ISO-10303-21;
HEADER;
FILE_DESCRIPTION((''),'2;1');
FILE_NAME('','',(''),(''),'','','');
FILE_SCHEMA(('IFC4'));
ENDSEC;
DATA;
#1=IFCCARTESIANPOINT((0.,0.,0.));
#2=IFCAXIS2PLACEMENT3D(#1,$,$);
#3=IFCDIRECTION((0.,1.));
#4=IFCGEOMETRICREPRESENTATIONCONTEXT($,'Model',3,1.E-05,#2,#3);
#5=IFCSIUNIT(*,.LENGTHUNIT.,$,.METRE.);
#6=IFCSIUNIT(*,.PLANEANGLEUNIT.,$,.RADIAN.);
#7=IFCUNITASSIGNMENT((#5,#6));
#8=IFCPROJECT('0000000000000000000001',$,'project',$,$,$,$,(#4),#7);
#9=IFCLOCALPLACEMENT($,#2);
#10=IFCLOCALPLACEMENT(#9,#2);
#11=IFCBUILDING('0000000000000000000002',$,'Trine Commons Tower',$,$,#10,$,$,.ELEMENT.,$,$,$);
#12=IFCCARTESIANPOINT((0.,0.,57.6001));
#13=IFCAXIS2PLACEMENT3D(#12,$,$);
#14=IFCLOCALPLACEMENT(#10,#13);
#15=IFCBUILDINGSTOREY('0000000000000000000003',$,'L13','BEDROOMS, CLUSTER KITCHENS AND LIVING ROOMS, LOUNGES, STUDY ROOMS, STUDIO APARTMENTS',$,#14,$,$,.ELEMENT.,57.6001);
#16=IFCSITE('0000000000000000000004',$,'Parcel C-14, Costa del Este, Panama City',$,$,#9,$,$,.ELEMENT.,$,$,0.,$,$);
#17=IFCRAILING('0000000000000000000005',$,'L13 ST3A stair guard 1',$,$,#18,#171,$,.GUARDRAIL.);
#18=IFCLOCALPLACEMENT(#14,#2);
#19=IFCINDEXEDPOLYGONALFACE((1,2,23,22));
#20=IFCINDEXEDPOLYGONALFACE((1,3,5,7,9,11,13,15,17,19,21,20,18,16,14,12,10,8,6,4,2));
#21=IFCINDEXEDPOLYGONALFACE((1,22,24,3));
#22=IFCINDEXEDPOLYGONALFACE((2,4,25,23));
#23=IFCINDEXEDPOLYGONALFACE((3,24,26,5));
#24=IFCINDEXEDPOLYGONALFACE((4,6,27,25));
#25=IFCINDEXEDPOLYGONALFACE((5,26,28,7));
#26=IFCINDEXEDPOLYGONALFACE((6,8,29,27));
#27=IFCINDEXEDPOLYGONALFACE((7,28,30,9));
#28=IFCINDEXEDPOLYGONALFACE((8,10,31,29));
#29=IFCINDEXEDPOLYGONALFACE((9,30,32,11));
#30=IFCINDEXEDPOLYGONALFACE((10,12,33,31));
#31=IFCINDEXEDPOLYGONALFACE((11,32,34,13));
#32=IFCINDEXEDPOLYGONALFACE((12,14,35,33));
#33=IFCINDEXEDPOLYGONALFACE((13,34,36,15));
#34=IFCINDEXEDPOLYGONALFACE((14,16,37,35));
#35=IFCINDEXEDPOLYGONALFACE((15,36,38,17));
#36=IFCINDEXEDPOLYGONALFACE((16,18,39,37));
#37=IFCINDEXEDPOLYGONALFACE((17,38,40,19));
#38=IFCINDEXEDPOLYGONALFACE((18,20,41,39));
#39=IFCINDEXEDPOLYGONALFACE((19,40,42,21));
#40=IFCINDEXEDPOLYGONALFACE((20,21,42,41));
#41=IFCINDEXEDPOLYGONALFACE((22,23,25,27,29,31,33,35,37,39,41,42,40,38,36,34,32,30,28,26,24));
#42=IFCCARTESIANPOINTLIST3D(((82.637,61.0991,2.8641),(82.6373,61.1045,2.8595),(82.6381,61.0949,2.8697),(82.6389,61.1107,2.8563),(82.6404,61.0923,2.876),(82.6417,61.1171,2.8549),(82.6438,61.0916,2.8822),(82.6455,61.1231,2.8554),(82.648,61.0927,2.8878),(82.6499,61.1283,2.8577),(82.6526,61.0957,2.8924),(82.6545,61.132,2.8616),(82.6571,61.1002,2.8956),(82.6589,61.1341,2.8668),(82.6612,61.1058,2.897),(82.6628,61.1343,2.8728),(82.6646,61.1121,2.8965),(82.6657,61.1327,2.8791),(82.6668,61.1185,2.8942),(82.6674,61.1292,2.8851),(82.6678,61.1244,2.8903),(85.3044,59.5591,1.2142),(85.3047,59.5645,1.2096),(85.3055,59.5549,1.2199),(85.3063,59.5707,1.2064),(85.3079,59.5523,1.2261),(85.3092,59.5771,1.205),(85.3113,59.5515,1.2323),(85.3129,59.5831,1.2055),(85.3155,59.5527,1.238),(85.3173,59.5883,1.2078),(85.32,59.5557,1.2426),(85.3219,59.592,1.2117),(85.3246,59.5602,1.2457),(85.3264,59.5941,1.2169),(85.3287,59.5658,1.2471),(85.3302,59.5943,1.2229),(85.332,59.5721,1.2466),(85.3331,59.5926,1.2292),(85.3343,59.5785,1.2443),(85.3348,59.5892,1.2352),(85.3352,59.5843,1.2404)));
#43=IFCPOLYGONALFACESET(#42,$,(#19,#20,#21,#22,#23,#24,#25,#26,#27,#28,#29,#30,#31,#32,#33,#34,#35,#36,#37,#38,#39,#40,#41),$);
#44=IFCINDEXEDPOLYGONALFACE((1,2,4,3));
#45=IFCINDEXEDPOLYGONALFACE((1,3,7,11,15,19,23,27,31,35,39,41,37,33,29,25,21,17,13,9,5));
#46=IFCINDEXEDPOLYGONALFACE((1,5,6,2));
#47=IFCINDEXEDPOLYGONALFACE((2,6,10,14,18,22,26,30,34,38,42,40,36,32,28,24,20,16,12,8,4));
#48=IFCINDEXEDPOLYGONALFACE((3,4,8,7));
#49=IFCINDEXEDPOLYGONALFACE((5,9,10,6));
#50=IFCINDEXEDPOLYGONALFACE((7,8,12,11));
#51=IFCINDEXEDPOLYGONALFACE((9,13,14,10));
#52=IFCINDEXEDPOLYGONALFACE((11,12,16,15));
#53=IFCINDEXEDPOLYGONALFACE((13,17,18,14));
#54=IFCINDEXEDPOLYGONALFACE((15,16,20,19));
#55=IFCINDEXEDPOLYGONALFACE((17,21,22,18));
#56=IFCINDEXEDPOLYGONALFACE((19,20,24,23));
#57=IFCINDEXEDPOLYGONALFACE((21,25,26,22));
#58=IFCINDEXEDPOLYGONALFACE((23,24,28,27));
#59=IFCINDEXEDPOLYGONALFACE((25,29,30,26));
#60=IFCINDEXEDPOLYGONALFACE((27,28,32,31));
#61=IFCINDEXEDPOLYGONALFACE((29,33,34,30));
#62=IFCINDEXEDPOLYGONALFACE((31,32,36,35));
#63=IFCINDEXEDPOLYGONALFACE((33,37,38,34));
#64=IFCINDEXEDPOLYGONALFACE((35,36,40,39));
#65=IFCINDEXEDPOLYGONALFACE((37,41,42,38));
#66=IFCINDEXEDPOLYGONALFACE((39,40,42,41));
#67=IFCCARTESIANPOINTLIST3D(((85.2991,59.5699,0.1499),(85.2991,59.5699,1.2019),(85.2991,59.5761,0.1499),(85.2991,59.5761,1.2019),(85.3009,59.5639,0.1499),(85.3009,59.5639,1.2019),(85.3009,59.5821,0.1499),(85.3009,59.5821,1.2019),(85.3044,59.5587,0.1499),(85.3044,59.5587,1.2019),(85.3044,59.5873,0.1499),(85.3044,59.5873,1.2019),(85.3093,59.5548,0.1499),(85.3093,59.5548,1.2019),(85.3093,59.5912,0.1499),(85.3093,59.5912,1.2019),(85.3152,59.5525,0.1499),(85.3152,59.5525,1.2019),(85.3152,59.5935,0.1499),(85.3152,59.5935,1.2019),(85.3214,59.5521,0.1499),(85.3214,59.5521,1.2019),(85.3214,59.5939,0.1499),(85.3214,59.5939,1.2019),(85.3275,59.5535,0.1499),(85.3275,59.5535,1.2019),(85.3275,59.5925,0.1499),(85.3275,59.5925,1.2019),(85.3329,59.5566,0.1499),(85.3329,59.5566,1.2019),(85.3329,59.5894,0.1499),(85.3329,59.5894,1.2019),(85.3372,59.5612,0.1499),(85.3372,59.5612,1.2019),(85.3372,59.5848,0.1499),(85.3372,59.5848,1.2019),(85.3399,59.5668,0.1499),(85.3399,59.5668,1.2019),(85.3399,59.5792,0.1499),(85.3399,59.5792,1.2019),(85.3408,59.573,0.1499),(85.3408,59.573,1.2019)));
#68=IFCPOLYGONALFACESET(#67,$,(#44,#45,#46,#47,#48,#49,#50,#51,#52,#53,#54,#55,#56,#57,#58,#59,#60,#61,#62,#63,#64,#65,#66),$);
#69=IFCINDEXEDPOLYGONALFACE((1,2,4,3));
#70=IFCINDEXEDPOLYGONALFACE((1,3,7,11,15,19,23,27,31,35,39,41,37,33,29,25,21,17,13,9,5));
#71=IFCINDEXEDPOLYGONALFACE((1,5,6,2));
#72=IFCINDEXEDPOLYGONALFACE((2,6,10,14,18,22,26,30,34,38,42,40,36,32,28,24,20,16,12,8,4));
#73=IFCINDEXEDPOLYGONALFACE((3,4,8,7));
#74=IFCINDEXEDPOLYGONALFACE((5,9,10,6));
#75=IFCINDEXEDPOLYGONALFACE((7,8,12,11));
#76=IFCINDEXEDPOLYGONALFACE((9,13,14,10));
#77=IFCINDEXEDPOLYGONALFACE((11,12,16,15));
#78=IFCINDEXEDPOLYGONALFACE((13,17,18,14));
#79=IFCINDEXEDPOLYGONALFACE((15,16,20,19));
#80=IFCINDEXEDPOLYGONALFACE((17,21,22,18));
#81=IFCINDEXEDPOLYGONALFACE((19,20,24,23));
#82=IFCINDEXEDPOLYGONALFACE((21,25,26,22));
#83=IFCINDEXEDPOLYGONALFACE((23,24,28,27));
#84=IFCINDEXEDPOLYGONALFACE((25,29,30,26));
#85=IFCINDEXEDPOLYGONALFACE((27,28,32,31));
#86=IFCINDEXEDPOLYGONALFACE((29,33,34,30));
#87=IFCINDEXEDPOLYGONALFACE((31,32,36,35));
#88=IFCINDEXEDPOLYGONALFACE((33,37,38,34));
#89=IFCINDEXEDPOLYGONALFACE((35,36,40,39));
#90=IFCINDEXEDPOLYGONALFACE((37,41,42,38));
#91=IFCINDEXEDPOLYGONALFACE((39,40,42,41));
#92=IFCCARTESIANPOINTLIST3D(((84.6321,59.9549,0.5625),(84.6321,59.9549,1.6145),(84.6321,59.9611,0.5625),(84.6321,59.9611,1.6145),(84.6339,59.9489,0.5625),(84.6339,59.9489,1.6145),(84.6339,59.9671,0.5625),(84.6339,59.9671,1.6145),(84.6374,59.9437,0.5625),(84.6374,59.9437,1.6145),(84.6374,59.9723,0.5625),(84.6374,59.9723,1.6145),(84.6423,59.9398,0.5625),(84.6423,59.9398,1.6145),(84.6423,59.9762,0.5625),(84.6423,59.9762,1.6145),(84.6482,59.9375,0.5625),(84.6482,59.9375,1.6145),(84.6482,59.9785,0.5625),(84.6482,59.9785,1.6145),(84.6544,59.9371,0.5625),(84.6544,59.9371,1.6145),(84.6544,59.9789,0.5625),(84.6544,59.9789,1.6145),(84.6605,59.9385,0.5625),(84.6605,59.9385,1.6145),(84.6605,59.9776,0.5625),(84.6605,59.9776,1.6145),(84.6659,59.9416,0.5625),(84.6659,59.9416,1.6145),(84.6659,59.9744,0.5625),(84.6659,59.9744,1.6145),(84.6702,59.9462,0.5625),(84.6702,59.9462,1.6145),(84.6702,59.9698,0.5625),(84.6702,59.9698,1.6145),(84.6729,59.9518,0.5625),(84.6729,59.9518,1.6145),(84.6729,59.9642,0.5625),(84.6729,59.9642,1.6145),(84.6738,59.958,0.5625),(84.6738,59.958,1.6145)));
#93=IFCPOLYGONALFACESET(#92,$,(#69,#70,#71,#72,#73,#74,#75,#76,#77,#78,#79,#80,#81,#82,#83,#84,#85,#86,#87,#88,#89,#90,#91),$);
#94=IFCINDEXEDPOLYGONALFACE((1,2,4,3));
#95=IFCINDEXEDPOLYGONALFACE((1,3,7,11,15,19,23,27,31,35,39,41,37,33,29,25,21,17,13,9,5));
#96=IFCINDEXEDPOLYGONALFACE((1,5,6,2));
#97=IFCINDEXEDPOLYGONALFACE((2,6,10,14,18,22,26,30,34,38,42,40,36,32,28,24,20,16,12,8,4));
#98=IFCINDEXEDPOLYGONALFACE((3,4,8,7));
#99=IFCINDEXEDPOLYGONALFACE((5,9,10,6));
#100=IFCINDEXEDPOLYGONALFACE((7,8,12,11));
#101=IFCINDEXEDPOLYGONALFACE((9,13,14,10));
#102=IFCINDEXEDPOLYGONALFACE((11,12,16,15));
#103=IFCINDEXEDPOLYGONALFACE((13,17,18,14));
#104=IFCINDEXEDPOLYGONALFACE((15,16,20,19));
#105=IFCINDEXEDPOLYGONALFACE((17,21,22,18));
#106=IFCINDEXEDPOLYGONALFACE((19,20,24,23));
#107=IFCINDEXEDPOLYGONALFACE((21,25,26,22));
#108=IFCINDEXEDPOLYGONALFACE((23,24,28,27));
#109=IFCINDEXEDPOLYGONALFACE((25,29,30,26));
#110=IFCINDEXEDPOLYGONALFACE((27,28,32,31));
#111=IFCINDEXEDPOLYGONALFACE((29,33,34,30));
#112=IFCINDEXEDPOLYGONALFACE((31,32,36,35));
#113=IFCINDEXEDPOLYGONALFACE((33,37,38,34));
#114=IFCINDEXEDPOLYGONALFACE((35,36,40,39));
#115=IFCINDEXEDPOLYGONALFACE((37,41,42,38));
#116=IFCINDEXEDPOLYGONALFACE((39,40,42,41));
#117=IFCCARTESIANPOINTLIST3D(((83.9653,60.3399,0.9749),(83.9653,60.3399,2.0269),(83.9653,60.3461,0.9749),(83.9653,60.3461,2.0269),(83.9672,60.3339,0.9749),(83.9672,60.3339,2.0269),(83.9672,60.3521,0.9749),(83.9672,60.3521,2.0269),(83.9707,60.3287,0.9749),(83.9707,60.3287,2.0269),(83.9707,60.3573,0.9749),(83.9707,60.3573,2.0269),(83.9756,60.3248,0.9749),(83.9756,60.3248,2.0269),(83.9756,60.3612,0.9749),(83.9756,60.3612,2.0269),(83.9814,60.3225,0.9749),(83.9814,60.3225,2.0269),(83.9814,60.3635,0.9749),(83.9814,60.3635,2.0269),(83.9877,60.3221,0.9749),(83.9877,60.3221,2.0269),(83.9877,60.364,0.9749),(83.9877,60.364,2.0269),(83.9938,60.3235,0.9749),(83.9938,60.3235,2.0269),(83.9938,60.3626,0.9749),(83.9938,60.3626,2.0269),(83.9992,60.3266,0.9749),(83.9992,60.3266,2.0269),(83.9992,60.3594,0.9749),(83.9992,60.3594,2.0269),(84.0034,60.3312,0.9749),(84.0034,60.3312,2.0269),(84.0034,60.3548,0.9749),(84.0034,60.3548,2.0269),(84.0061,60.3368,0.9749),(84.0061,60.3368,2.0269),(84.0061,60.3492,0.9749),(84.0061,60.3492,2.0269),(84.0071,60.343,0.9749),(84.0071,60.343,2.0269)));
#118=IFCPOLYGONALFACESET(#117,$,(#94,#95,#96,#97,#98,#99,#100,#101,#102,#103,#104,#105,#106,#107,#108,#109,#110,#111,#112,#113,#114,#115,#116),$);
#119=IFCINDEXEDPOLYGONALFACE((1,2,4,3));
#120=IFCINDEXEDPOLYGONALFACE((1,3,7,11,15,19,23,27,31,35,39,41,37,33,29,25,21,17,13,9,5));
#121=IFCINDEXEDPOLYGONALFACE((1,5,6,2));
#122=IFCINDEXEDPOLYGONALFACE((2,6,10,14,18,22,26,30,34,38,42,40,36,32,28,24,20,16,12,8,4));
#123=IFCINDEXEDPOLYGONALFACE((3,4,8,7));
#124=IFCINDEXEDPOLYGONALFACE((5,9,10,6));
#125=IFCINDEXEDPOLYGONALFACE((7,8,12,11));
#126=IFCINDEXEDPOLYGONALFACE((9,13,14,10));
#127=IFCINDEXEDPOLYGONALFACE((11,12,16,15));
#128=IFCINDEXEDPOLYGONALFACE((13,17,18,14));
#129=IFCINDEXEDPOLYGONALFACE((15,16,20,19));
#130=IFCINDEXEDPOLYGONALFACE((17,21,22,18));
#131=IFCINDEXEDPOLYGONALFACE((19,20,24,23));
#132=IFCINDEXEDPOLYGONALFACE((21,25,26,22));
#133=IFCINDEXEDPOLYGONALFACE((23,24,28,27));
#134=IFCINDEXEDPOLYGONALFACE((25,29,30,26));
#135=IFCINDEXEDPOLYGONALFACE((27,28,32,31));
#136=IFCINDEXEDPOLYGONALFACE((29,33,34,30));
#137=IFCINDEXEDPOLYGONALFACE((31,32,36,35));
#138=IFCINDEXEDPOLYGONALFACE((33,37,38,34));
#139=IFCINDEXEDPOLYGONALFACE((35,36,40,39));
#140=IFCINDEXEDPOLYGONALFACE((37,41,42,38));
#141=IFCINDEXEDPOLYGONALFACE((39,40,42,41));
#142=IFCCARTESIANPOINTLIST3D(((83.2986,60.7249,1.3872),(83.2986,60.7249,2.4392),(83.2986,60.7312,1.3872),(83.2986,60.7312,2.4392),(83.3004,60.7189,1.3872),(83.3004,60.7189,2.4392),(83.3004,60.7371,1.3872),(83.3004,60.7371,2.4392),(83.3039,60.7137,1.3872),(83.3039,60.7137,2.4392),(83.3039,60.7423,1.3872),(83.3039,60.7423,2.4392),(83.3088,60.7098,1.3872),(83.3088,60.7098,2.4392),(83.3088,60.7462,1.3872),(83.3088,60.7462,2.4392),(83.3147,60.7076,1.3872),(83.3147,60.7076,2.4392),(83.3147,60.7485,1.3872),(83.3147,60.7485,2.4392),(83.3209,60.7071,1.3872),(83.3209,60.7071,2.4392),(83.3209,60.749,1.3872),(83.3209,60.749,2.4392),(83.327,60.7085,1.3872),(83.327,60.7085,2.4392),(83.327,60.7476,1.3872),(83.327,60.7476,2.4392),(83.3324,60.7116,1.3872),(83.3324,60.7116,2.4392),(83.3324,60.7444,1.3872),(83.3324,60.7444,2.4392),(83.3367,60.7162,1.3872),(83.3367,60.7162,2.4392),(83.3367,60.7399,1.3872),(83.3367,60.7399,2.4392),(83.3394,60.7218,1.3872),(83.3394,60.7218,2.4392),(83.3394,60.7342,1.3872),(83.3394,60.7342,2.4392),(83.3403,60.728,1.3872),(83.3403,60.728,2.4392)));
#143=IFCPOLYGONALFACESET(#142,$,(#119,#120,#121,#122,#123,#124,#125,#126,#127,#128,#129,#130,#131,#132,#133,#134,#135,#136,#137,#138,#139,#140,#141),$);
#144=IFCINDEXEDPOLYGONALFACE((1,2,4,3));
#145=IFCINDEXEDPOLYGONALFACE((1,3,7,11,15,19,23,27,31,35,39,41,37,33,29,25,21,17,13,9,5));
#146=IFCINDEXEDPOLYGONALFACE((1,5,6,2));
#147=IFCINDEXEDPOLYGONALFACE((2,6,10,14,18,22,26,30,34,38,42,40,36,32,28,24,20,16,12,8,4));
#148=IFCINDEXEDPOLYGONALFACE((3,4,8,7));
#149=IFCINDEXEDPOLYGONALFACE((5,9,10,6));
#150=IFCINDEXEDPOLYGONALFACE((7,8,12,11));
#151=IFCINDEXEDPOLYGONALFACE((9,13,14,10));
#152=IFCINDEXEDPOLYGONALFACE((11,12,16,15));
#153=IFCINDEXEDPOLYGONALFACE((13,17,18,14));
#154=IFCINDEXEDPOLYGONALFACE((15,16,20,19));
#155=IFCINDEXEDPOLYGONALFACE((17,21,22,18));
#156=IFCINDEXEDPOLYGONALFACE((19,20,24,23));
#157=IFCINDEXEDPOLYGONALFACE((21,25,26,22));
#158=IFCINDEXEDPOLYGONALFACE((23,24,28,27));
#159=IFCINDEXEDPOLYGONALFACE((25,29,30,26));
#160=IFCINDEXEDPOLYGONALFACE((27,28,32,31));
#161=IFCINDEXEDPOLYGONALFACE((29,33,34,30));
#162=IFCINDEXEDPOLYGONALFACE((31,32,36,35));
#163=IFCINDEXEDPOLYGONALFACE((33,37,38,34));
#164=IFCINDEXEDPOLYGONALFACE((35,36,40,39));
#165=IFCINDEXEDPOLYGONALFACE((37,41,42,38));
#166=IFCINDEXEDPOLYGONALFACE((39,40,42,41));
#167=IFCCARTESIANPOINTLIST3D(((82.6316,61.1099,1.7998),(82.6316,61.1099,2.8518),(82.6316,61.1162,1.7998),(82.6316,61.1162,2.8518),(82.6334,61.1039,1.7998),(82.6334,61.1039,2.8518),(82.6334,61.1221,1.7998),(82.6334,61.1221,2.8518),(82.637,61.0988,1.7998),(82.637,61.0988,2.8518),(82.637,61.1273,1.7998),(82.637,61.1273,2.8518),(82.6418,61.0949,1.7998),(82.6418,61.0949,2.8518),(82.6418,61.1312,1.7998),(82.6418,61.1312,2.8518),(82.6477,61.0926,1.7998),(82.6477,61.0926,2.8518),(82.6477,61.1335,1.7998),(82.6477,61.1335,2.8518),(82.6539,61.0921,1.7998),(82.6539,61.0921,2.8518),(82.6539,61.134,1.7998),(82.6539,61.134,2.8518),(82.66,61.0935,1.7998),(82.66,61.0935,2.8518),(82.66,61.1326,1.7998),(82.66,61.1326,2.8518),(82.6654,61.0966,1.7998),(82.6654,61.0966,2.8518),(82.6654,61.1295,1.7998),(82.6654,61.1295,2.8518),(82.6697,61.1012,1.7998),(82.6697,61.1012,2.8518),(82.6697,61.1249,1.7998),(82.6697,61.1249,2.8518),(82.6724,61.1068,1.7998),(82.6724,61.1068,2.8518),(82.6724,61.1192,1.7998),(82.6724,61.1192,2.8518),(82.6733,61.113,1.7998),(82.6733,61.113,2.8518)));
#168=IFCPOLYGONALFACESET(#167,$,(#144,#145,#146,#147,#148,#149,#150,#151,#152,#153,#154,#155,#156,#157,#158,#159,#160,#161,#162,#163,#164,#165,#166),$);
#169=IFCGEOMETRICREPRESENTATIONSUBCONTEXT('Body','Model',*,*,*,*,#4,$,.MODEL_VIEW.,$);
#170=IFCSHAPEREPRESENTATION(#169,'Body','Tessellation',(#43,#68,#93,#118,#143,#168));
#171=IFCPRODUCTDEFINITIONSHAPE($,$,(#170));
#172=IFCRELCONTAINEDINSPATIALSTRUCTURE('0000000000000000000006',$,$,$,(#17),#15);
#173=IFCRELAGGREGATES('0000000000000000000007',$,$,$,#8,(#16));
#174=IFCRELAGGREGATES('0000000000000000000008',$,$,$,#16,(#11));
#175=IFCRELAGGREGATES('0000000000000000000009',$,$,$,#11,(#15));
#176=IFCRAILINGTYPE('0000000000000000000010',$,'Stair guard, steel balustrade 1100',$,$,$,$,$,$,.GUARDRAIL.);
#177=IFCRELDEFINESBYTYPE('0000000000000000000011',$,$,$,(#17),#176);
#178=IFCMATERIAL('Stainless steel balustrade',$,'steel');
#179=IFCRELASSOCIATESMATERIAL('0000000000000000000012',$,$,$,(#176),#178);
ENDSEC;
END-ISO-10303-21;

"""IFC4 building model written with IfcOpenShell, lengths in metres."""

from ifc_helpers import new_model, si_unit, direction, frame, origin, origin_2d, place, context, subcontext, project, spatial, circle, extrude, material, type_object, element, save


model = new_model("IFC4")

# Units and contexts
model_context = context("Model", 3, precision=1e-05, world=origin(), true_north=direction((0.0, 1.0)))
body_context = subcontext(model_context, "Body", "Model", "MODEL_VIEW")
ifc_project = project(units=[si_unit("LENGTHUNIT", "METRE"), si_unit("PLANEANGLEUNIT", "RADIAN")], contexts=[model_context])

# Site, building, storey
site_placement = place(None, origin())
site = spatial("IfcSite", under=ifc_project, at=site_placement, Name="Parcel C-14, Costa del Este, Panama City", CompositionType="ELEMENT", RefElevation=0.0)
building_placement = place(site_placement, origin())
building = spatial("IfcBuilding", under=site, at=building_placement, Name="Trine Commons Tower", CompositionType="ELEMENT")
storey_placement = place(building_placement, frame((0.0, 0.0, 57.6001)))
storey = spatial("IfcBuildingStorey", under=building, at=storey_placement, Name="L13", Description="BEDROOMS, CLUSTER KITCHENS AND LIVING ROOMS, LOUNGES, STUDY ROOMS, STUDIO APARTMENTS", CompositionType="ELEMENT", Elevation=57.6001)

# Railing
ifc_material_1 = material(Name="Stainless steel balustrade", Category="steel")
railing_type_1 = type_object("IfcRailingType", Name="Stair guard, steel balustrade 1100", PredefinedType="GUARDRAIL", material=ifc_material_1)
railing_1_placement = place(storey_placement, frame((85.3198, 59.573, 0.1499)))
element("IfcRailing", 1, at=railing_1_placement, inside=storey, type_object=railing_type_1, Name="L13 ST3A stair guard 1", PredefinedType="GUARDRAIL", context=body_context, shape_type="SweptSolid", body=[
    extrude(circle(Radius=0.0239, at=origin_2d()), frame((0.0, 0.0, 1.0762), z_axis=(-0.763405, 0.440743, 0.472185), x_axis=(-0.499992, -0.86603, 0.0)), (0.0, 0.0, 1.0), 3.4941),
    extrude(circle(Radius=0.021, at=origin_2d()), origin(), (0.0, 0.0, 1.0), 1.052),
    extrude(circle(Radius=0.021, at=origin_2d()), frame((-0.667, 0.385, 0.4126)), (0.0, 0.0, 1.0), 1.052),
    extrude(circle(Radius=0.021, at=origin_2d()), frame((-1.3337, 0.77, 0.825)), (0.0, 0.0, 1.0), 1.052),
    extrude(circle(Radius=0.021, at=origin_2d()), frame((-2.0005, 1.155, 1.2373)), (0.0, 0.0, 1.0), 1.052),
    extrude(circle(Radius=0.021, at=origin_2d()), frame((-2.6675, 1.54, 1.6499)), (0.0, 0.0, 1.0), 1.052),
])

save(model, "model.ifc")
